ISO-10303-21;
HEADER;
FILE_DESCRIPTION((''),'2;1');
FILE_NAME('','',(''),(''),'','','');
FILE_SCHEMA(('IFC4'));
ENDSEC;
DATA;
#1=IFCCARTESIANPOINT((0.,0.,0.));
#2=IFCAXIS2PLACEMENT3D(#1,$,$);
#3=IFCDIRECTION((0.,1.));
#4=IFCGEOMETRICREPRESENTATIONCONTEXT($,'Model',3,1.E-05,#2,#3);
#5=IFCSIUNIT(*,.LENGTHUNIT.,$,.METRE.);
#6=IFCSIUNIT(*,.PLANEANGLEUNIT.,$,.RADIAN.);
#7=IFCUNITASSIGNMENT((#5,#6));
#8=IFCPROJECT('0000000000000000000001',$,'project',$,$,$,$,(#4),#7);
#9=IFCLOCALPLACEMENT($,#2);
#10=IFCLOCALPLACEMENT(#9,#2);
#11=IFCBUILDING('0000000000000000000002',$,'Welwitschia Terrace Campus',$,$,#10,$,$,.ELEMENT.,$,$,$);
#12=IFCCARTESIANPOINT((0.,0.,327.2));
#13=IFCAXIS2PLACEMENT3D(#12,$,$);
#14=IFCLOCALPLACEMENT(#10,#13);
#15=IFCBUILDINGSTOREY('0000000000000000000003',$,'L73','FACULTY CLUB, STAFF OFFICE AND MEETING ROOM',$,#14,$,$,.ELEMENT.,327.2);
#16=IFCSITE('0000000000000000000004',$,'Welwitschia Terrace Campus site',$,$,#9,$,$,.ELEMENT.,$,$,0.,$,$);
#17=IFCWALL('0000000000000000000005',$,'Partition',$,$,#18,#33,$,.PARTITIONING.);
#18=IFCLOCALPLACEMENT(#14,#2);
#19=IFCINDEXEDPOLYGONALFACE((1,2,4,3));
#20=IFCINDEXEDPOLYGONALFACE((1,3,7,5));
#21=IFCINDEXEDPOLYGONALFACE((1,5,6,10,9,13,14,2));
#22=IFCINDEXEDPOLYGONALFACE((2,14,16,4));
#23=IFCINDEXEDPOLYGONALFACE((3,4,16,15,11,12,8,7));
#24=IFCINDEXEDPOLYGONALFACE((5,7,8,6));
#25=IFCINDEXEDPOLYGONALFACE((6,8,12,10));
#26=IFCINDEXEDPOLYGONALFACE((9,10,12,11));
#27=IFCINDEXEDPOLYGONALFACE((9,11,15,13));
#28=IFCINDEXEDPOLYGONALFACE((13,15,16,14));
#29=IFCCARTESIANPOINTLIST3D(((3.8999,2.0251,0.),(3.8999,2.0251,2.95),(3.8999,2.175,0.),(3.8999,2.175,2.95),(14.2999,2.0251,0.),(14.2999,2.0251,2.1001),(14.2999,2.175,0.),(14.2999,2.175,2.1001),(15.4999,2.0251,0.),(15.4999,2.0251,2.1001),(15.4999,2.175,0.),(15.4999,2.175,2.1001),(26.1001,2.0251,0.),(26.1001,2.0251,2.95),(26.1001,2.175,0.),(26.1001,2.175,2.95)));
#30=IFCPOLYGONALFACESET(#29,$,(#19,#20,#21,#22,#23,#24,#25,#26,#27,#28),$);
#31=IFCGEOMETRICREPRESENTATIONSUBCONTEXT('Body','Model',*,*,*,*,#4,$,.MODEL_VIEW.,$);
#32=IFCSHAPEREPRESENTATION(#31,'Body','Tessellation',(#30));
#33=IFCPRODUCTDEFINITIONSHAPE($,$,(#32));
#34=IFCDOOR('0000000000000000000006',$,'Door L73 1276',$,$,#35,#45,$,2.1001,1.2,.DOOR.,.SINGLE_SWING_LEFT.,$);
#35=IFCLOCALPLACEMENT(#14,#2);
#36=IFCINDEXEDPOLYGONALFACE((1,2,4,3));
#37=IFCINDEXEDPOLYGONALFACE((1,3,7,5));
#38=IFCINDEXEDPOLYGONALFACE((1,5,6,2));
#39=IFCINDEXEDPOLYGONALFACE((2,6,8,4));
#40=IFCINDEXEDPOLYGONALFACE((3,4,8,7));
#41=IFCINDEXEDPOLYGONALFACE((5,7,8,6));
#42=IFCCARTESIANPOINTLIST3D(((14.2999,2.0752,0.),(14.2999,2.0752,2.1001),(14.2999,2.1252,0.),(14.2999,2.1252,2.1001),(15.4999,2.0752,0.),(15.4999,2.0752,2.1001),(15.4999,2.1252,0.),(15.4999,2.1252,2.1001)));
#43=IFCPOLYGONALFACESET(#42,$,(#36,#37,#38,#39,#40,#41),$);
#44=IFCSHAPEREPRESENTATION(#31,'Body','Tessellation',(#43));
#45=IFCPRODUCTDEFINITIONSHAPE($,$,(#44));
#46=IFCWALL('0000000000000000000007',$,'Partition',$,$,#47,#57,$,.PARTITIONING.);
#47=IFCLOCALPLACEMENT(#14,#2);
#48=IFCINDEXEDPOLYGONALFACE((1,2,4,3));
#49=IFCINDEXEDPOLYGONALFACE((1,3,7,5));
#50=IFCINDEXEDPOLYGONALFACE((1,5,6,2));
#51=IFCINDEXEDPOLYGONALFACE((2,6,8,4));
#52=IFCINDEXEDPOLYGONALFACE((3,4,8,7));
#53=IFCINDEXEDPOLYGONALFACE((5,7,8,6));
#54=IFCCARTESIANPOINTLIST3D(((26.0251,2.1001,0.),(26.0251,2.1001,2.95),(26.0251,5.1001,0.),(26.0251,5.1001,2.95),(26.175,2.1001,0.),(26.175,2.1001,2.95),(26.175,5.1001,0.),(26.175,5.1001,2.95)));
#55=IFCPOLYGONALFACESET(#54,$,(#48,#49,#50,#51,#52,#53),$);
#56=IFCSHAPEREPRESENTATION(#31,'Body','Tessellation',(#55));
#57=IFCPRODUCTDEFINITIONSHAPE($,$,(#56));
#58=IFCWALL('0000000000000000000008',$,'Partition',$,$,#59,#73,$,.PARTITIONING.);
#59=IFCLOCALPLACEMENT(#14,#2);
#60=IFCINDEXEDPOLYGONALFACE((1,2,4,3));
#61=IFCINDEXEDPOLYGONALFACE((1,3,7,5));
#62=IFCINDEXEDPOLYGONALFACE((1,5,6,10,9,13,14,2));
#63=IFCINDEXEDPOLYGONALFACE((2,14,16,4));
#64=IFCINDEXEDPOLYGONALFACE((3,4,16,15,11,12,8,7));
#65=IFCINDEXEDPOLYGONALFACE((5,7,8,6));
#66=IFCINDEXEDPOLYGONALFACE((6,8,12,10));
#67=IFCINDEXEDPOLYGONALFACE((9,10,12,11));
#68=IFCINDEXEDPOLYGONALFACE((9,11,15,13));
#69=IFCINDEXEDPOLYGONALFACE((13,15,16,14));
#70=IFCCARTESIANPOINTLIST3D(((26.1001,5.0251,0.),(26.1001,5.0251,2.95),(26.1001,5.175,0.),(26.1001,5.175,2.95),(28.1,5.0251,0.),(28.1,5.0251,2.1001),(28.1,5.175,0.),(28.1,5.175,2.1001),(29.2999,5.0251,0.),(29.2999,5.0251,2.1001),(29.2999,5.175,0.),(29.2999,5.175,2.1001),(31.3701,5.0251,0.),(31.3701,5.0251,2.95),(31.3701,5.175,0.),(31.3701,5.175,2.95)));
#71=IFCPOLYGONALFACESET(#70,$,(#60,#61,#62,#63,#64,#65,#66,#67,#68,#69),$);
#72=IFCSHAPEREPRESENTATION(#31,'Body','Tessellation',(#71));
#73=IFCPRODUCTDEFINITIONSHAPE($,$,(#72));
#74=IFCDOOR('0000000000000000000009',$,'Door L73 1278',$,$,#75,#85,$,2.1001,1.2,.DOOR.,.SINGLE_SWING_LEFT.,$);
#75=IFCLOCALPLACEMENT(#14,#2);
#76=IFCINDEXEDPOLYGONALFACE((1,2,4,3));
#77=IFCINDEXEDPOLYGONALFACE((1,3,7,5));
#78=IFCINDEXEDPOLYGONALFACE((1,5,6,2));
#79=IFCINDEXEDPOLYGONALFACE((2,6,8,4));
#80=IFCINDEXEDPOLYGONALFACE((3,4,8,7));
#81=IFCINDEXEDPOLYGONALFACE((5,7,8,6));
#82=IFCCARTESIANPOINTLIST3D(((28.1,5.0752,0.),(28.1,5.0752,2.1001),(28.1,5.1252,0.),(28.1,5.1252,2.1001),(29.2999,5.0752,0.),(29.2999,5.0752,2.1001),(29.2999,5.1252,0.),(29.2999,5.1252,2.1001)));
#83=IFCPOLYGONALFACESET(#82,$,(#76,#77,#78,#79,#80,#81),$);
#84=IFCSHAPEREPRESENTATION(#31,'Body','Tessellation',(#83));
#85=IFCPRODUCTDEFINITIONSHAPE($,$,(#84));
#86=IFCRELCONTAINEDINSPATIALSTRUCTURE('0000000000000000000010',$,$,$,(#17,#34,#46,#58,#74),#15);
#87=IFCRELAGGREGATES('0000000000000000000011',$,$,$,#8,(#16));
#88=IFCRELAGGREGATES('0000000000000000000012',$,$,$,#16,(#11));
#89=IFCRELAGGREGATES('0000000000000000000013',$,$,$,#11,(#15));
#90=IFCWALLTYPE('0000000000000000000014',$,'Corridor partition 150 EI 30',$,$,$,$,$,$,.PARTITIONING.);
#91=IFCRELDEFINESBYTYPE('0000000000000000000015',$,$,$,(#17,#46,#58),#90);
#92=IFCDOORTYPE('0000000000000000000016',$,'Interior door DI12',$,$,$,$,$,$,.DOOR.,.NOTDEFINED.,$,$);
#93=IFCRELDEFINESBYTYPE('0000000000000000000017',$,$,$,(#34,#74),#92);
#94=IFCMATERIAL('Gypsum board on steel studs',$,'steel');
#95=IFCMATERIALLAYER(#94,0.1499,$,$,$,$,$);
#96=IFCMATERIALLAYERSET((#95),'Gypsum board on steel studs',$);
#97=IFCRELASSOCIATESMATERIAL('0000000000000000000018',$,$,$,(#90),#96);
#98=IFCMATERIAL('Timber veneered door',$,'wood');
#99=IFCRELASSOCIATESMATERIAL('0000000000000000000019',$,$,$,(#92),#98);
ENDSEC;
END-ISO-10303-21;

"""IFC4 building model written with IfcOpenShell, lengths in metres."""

from ifc_helpers import new_model, si_unit, direction, frame, frame_2d, origin, place, context, subcontext, project, spatial, rectangle, extrude, material, layer, layer_set, type_object, element, fill, save


model = new_model("IFC4")

# Units and contexts
model_context = context("Model", 3, precision=1e-05, world=origin(), true_north=direction((0.0, 1.0)))
body_context = subcontext(model_context, "Body", "Model", "MODEL_VIEW")
ifc_project = project(units=[si_unit("LENGTHUNIT", "METRE"), si_unit("PLANEANGLEUNIT", "RADIAN")], contexts=[model_context])

# Site, building, storey
site_placement = place(None, origin())
site = spatial("IfcSite", under=ifc_project, at=site_placement, Name="Welwitschia Terrace Campus site", CompositionType="ELEMENT", RefElevation=0.0)
building_placement = place(site_placement, origin())
building = spatial("IfcBuilding", under=site, at=building_placement, Name="Welwitschia Terrace Campus", CompositionType="ELEMENT")
storey_placement = place(building_placement, frame((0.0, 0.0, 327.2)))
storey = spatial("IfcBuildingStorey", under=building, at=storey_placement, Name="L73", Description="FACULTY CLUB, STAFF OFFICE AND MEETING ROOM", CompositionType="ELEMENT", Elevation=327.2)

# Shared definitions
ifc_material_1 = material(Name="Gypsum board on steel studs", Category="steel")
ifc_layer_1 = layer(ifc_material_1, 0.1499)
ifc_layer_set_1 = layer_set([ifc_layer_1], Name="Gypsum board on steel studs")
wall_type_1 = type_object("IfcWallType", Name="Corridor partition 150 EI 30", PredefinedType="PARTITIONING", material=ifc_layer_set_1)

# Wall, opening, door
wall_1_placement = place(storey_placement, frame((26.1001, 2.1001, 0.0), z_axis=(0.0, 0.0, 1.0), x_axis=(-1.0, 0.0, 0.0)))
wall_1 = element("IfcWall", 1, at=wall_1_placement, inside=storey, type_object=wall_type_1, Name="Partition", PredefinedType="PARTITIONING", context=body_context, shape_type="SweptSolid", body=[
    extrude(rectangle(XDim=22.2002, YDim=0.1499, at=frame_2d((11.1001, 0.0))), origin(), (0.0, 0.0, 1.0), 2.95),
])
opening_1_placement = place(wall_1_placement, frame((10.6001, 0.0, 0.0)))
opening_1 = element("IfcOpeningElement", 2, at=opening_1_placement, cuts=wall_1, PredefinedType="OPENING", context=body_context, shape_type="SweptSolid", body=[
    extrude(rectangle(XDim=1.2, YDim=2.1001, at=frame_2d((0.6001, 1.05))), frame((0.0, 0.085, 0.0), z_axis=(0.0, -1.0, 0.0), x_axis=(1.0, 0.0, 0.0)), (0.0, 0.0, 1.0), 0.1699),
])
ifc_material_2 = material(Name="Timber veneered door", Category="wood")
door_type_1 = type_object("IfcDoorType", Name="Interior door DI12", OperationType="NOTDEFINED", PredefinedType="DOOR", material=ifc_material_2)
door_1_placement = place(opening_1_placement, origin())
door_1 = element("IfcDoor", 3, at=door_1_placement, inside=storey, type_object=door_type_1, Name="Door L73 1276", OperationType="SINGLE_SWING_LEFT", OverallHeight=2.1001, OverallWidth=1.2, PredefinedType="DOOR", context=body_context, shape_type="SweptSolid", body=[
    extrude(rectangle(XDim=1.2, YDim=2.1001, at=frame_2d((0.6001, 1.05))), frame((0.0, 0.0249, 0.0), z_axis=(0.0, -1.0, 0.0), x_axis=(1.0, 0.0, 0.0)), (0.0, 0.0, 1.0), 0.05),
])
fill(opening_1, door_1)

# Wall
wall_2_placement = place(storey_placement, frame((26.1001, 2.1001, 0.0), z_axis=(0.0, 0.0, 1.0), x_axis=(0.0, 1.0, 0.0)))
element("IfcWall", 4, at=wall_2_placement, inside=storey, type_object=wall_type_1, Name="Partition", PredefinedType="PARTITIONING", context=body_context, shape_type="SweptSolid", body=[
    extrude(rectangle(XDim=3.0, YDim=0.1499, at=frame_2d((1.5, 0.0))), origin(), (0.0, 0.0, 1.0), 2.95),
])

# Wall, opening, door
wall_3_placement = place(storey_placement, frame((31.3701, 5.1001, 0.0), z_axis=(0.0, 0.0, 1.0), x_axis=(-1.0, 0.0, 0.0)))
wall_3 = element("IfcWall", 5, at=wall_3_placement, inside=storey, type_object=wall_type_1, Name="Partition", PredefinedType="PARTITIONING", context=body_context, shape_type="SweptSolid", body=[
    extrude(rectangle(XDim=5.27, YDim=0.1499, at=frame_2d((2.635, 0.0))), origin(), (0.0, 0.0, 1.0), 2.95),
])
opening_2_placement = place(wall_3_placement, frame((2.0701, 0.0, 0.0)))
opening_2 = element("IfcOpeningElement", 6, at=opening_2_placement, cuts=wall_3, PredefinedType="OPENING", context=body_context, shape_type="SweptSolid", body=[
    extrude(rectangle(XDim=1.2, YDim=2.1001, at=frame_2d((0.6001, 1.05))), frame((0.0, 0.085, 0.0), z_axis=(0.0, -1.0, 0.0), x_axis=(1.0, 0.0, 0.0)), (0.0, 0.0, 1.0), 0.1699),
])
door_2_placement = place(opening_2_placement, origin())
door_2 = element("IfcDoor", 7, at=door_2_placement, inside=storey, type_object=door_type_1, Name="Door L73 1278", OperationType="SINGLE_SWING_LEFT", OverallHeight=2.1001, OverallWidth=1.2, PredefinedType="DOOR", context=body_context, shape_type="SweptSolid", body=[
    extrude(rectangle(XDim=1.2, YDim=2.1001, at=frame_2d((0.6001, 1.05))), frame((0.0, 0.0249, 0.0), z_axis=(0.0, -1.0, 0.0), x_axis=(1.0, 0.0, 0.0)), (0.0, 0.0, 1.0), 0.05),
])
fill(opening_2, door_2)

save(model, "model.ifc")
